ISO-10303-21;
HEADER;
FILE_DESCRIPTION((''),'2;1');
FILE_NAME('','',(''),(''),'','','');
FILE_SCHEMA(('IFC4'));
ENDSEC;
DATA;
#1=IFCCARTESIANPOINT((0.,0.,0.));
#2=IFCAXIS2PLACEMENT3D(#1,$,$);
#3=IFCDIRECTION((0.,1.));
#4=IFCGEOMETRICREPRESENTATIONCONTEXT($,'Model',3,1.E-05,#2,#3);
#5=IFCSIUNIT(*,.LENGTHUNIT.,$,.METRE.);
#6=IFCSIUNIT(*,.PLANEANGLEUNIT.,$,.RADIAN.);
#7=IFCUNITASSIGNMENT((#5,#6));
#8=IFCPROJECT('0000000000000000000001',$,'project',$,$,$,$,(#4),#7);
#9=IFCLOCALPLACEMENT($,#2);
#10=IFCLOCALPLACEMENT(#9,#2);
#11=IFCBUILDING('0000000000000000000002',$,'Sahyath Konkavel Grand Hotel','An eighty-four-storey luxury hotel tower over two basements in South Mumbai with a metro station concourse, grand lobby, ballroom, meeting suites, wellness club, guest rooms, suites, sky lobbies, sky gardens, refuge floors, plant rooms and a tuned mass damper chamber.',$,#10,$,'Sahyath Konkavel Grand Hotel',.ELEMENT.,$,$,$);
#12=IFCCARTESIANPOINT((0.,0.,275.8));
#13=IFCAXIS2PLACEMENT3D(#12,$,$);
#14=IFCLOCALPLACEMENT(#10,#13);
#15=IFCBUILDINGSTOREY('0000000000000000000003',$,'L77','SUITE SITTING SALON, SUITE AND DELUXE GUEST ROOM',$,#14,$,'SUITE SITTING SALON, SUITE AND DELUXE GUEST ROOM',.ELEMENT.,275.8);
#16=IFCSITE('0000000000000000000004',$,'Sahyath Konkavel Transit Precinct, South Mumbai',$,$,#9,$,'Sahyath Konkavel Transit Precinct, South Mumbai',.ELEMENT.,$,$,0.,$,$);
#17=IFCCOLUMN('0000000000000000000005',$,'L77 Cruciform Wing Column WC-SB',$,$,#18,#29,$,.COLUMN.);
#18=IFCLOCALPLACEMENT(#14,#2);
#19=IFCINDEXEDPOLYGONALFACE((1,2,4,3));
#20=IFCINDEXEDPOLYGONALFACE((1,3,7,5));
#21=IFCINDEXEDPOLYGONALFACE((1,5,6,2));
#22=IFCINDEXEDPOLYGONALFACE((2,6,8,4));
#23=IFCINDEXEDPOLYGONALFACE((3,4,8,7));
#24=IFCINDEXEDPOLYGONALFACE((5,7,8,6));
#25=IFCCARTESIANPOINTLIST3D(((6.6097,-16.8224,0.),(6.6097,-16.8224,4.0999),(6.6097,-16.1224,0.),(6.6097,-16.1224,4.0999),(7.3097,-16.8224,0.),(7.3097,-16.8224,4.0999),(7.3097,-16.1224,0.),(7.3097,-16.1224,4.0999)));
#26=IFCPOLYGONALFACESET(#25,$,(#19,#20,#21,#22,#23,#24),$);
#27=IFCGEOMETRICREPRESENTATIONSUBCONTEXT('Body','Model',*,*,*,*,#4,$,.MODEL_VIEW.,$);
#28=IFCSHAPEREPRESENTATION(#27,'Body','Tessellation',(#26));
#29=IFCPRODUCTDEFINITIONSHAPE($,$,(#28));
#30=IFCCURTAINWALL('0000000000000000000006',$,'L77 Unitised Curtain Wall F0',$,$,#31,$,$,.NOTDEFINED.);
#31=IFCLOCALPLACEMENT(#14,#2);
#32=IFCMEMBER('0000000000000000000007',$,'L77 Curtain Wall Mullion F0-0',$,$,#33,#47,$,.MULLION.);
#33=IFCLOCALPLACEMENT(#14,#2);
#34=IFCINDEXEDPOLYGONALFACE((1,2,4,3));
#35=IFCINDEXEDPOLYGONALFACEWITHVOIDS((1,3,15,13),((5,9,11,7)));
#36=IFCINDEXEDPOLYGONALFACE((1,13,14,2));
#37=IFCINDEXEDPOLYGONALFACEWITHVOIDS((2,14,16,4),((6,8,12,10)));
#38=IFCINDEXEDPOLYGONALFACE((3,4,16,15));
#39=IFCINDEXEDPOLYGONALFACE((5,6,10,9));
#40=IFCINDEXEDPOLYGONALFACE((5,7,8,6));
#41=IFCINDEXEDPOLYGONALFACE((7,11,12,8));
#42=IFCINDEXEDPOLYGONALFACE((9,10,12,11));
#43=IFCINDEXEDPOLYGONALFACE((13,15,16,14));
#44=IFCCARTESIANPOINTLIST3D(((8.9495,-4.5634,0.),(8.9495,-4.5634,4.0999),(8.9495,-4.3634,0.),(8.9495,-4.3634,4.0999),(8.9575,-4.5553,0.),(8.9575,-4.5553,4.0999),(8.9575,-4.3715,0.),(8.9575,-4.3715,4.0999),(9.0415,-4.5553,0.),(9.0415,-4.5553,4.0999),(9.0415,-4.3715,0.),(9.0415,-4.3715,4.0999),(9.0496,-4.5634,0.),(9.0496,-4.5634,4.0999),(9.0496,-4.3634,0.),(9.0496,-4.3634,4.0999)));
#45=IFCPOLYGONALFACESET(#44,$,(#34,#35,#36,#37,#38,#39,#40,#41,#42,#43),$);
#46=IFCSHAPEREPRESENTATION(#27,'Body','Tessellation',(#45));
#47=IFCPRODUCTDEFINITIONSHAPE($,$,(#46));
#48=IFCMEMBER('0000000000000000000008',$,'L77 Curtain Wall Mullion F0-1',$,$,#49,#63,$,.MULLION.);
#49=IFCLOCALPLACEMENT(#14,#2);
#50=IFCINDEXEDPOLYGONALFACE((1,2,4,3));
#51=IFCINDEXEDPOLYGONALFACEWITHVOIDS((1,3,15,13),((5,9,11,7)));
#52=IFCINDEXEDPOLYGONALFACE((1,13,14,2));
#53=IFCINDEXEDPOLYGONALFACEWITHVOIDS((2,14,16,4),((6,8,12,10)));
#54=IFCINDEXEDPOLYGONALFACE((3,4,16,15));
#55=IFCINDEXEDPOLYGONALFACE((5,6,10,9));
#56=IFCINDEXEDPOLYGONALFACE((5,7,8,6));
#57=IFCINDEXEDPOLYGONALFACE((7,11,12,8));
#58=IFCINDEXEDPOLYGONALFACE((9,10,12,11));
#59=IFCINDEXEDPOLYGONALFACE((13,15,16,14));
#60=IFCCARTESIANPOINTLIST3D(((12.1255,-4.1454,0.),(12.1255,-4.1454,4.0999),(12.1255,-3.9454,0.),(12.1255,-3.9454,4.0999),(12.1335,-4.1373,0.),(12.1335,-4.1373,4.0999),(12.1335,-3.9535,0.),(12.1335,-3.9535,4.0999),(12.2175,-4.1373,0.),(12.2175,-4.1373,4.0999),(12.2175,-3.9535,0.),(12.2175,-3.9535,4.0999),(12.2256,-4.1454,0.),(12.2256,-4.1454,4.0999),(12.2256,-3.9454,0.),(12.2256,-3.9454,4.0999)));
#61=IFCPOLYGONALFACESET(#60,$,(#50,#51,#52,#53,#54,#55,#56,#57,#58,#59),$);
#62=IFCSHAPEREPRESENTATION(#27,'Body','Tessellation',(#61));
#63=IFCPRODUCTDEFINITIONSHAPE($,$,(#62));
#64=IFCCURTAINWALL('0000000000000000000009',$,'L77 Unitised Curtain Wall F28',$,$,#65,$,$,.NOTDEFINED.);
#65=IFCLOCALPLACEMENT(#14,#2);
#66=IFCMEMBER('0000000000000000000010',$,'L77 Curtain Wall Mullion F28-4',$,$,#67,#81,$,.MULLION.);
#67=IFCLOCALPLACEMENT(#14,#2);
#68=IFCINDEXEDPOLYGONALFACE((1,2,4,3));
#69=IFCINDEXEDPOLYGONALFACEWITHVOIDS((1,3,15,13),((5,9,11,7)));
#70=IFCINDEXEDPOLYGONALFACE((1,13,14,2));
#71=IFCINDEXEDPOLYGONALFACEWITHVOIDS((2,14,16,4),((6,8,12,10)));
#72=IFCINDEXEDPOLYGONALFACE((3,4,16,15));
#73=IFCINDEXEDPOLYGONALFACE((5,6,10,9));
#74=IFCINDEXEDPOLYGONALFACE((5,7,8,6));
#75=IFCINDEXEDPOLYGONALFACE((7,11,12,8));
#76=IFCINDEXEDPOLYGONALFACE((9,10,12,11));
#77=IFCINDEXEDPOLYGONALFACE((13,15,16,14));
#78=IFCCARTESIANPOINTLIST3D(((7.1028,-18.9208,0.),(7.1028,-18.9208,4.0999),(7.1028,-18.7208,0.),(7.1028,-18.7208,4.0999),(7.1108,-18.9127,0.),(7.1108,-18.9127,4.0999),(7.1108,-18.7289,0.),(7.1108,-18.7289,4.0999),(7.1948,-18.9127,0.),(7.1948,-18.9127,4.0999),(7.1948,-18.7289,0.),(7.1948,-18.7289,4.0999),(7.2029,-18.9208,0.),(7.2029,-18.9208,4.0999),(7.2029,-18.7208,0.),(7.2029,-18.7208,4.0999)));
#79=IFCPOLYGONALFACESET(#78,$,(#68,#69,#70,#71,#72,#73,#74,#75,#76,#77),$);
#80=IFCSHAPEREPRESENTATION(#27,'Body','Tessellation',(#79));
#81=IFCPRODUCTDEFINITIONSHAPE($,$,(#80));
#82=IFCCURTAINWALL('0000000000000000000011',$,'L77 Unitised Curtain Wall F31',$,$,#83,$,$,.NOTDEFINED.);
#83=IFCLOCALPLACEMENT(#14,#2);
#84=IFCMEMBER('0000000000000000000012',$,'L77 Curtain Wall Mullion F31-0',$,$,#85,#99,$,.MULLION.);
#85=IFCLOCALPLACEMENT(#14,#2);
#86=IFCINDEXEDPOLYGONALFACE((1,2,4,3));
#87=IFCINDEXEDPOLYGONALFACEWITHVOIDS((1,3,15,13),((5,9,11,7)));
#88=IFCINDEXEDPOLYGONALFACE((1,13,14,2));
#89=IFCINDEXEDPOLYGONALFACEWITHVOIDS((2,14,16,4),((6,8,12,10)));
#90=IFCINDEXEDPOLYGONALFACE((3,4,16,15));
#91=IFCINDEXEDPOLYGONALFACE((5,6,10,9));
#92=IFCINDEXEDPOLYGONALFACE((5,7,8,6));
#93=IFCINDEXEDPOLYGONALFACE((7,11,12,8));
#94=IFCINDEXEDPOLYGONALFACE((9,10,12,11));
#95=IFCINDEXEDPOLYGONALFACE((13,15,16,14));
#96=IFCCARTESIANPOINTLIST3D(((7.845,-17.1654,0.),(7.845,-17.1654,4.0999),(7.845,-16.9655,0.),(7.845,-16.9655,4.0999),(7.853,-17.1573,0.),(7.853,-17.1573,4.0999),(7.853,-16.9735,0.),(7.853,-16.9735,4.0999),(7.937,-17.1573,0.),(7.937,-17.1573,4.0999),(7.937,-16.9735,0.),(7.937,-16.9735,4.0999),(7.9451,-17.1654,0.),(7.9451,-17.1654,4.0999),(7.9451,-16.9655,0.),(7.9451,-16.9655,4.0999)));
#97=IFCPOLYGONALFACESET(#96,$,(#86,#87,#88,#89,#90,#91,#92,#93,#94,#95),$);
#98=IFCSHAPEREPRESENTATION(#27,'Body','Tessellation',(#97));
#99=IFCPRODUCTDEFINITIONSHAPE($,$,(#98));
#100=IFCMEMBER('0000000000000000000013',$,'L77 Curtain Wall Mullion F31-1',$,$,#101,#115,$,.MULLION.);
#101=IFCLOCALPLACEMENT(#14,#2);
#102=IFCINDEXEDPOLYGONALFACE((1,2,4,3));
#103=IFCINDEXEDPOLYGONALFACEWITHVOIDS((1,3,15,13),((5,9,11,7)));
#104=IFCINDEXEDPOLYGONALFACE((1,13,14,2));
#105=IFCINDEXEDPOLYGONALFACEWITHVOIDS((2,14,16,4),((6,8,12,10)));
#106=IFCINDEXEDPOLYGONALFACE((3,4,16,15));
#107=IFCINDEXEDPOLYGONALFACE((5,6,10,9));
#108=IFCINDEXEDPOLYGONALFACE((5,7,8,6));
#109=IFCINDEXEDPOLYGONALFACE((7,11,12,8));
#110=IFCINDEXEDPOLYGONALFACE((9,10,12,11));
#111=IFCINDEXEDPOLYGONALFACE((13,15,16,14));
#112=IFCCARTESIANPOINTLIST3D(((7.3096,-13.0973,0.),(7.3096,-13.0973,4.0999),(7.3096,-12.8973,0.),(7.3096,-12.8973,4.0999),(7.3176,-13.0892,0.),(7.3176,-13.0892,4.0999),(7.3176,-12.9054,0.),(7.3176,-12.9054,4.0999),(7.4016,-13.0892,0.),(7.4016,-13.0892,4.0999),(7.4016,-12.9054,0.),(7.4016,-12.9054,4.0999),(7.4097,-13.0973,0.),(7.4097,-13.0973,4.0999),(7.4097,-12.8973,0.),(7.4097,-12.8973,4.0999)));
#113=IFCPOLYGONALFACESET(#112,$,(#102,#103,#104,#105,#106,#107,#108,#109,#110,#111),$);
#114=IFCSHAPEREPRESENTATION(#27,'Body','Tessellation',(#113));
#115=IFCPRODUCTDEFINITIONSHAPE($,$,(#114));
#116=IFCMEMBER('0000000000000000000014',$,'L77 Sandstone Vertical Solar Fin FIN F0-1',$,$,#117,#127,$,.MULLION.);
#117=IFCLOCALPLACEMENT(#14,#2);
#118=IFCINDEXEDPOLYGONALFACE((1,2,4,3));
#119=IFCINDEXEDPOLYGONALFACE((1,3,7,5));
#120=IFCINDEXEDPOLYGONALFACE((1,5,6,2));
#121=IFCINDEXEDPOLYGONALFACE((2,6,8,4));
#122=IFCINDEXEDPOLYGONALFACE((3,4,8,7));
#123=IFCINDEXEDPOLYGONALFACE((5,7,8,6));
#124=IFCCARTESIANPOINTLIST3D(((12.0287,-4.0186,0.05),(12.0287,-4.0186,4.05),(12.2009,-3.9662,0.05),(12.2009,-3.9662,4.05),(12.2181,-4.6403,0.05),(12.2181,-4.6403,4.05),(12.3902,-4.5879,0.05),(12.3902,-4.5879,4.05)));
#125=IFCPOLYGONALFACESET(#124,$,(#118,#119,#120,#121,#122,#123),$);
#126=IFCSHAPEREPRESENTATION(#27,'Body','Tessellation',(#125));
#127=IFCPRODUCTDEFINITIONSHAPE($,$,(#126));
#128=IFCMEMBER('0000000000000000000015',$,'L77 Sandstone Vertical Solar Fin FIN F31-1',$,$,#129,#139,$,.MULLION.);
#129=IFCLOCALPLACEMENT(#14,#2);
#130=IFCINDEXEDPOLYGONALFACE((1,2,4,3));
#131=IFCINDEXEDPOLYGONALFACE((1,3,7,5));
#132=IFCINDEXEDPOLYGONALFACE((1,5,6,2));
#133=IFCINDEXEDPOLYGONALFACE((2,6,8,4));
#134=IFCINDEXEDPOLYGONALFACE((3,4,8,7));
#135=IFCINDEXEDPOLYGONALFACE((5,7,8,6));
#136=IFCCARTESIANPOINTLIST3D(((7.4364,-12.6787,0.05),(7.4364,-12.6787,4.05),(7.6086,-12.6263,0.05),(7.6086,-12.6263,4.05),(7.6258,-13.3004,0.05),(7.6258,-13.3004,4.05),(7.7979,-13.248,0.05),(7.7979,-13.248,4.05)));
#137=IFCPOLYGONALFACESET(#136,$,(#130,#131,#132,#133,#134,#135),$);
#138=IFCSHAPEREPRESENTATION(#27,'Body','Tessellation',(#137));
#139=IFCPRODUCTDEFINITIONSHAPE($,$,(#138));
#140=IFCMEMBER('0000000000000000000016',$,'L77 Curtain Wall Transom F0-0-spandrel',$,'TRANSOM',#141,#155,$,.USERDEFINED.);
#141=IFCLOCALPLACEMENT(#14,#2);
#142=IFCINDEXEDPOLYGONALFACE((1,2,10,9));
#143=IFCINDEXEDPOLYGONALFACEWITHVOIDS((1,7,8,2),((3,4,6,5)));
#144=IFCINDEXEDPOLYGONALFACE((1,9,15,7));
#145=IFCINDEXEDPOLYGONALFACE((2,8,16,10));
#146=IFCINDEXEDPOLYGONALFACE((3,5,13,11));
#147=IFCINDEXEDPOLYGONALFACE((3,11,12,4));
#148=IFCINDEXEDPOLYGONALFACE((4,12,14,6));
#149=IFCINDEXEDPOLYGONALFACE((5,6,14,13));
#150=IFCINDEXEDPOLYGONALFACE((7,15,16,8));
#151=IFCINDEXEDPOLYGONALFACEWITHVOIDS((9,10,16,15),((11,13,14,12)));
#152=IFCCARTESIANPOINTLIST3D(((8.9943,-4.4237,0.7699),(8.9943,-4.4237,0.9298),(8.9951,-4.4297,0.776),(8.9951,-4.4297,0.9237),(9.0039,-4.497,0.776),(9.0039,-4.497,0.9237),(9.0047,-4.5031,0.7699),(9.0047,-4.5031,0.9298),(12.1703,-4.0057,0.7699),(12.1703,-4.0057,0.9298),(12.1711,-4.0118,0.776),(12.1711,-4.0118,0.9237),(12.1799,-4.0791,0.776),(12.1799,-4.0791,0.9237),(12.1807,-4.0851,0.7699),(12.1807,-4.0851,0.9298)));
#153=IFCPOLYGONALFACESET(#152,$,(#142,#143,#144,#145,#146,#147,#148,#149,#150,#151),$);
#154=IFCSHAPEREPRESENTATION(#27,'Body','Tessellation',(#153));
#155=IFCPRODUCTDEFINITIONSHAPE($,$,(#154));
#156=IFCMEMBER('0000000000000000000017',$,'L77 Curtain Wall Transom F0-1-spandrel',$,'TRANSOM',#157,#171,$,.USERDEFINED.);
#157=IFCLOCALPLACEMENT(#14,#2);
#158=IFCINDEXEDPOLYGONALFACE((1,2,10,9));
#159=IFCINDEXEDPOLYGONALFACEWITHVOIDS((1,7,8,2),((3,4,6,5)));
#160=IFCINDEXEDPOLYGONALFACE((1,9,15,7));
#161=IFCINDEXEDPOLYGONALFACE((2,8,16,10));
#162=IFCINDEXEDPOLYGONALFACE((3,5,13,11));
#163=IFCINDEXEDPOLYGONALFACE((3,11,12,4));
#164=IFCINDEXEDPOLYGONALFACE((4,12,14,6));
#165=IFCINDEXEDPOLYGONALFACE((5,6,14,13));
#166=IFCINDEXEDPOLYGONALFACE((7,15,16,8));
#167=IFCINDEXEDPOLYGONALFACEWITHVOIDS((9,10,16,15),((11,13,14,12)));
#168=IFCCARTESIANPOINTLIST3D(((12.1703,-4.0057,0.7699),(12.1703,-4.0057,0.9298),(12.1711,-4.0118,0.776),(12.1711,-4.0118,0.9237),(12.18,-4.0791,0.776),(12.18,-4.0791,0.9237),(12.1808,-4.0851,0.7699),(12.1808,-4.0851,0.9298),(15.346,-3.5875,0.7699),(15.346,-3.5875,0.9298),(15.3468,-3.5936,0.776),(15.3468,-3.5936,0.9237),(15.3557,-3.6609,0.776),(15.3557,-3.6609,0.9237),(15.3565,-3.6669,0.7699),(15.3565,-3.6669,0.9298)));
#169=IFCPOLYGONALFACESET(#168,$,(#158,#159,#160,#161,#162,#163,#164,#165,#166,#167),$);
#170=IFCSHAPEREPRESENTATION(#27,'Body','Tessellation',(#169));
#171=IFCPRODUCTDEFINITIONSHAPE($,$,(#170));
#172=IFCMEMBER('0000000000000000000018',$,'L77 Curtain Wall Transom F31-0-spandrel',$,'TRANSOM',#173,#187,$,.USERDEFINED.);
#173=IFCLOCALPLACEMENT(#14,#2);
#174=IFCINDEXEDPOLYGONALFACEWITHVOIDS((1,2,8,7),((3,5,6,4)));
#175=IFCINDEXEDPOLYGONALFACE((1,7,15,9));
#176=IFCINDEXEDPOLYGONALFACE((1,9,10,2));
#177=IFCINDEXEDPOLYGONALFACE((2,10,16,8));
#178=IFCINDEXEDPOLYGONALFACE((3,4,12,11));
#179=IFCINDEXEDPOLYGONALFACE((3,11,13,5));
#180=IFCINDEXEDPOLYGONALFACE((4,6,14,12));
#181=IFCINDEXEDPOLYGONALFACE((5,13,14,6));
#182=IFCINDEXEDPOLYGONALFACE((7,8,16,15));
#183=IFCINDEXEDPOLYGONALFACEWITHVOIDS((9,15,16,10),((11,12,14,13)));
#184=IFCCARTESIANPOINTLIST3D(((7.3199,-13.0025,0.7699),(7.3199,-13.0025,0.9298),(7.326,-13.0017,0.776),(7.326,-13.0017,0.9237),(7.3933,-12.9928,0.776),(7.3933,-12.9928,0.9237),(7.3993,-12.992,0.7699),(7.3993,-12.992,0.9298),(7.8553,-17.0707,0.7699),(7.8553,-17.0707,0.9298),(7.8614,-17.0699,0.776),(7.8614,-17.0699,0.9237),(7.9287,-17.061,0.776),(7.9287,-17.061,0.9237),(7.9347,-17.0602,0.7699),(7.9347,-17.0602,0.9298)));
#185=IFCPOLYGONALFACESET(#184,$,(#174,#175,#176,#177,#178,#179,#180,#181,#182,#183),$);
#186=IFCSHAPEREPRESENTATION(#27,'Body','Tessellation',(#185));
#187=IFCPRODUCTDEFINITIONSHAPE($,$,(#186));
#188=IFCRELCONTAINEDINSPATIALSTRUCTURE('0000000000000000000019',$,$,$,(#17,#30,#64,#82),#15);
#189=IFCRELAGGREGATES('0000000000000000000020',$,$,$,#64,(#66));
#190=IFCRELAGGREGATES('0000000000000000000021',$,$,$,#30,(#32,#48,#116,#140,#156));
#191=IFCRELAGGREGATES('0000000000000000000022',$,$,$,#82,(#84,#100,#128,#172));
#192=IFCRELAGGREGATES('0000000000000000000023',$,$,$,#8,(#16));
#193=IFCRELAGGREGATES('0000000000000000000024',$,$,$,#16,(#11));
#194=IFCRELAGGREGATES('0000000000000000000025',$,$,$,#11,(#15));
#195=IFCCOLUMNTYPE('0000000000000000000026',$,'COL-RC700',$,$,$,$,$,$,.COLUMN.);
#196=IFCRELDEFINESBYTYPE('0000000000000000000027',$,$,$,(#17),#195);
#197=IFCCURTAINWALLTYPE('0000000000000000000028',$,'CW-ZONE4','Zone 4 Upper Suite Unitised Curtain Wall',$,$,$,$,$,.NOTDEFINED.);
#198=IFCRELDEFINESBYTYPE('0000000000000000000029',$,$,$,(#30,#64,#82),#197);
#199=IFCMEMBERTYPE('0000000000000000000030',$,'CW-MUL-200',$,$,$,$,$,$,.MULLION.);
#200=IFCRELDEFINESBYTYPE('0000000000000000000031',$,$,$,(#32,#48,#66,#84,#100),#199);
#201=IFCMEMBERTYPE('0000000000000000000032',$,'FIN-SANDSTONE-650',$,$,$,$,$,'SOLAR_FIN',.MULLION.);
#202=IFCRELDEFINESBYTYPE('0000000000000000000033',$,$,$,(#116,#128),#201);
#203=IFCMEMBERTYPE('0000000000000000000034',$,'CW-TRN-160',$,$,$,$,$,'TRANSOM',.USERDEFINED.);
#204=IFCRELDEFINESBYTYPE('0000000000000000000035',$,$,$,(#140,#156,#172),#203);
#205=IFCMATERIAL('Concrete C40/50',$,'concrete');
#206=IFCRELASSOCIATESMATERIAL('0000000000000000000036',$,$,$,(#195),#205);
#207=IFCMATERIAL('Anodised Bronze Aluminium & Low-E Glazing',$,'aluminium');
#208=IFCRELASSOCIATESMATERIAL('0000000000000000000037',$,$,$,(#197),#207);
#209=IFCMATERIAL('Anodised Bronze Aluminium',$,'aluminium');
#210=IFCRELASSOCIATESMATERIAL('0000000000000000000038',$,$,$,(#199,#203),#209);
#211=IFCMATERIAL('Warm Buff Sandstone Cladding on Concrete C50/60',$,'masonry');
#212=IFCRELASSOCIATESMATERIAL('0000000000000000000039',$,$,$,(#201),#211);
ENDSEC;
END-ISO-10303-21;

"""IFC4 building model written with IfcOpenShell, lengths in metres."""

from ifc_helpers import new_model, si_unit, direction, frame, origin, origin_2d, place, context, subcontext, project, spatial, rectangle, hollow_rectangle, extrude, source, transform, mapped, material, material_profile, profile_set, type_object, element, aggregate, save


model = new_model("IFC4")

# Units and contexts
model_context = context("Model", 3, precision=1e-05, world=origin(), true_north=direction((0.0, 1.0)))
body_context = subcontext(model_context, "Body", "Model", "MODEL_VIEW")
ifc_project = project(units=[si_unit("LENGTHUNIT", "METRE"), si_unit("PLANEANGLEUNIT", "RADIAN")], contexts=[model_context])

# Site, building, storey
site_placement = place(None, origin())
site = spatial("IfcSite", under=ifc_project, at=site_placement, Name="Sahyath Konkavel Transit Precinct, South Mumbai", LongName="Sahyath Konkavel Transit Precinct, South Mumbai", CompositionType="ELEMENT", RefElevation=0.0)
building_placement = place(site_placement, origin())
building = spatial("IfcBuilding", under=site, at=building_placement, Name="Sahyath Konkavel Grand Hotel", Description="An eighty-four-storey luxury hotel tower over two basements in South Mumbai with a metro station concourse, grand lobby, ballroom, meeting suites, wellness club, guest rooms, suites, sky lobbies, sky gardens, refuge floors, plant rooms and a tuned mass damper chamber.", LongName="Sahyath Konkavel Grand Hotel", CompositionType="ELEMENT")
storey_placement = place(building_placement, frame((0.0, 0.0, 275.8)))
storey = spatial("IfcBuildingStorey", under=building, at=storey_placement, Name="L77", Description="SUITE SITTING SALON, SUITE AND DELUXE GUEST ROOM", LongName="SUITE SITTING SALON, SUITE AND DELUXE GUEST ROOM", CompositionType="ELEMENT", Elevation=275.8)

# Column
ifc_material_1 = material(Name="Concrete C40/50", Category="concrete")
ifc_material_profile_1 = material_profile(ifc_material_1, rectangle(XDim=0.7, YDim=0.7, at=origin_2d()), Name="RC 700x700")
ifc_profile_set_1 = profile_set([ifc_material_profile_1], Name="Concrete C40/50")
column_type = type_object("IfcColumnType", Name="COL-RC700", PredefinedType="COLUMN", material=ifc_profile_set_1)
shared_shape_1 = source(origin(), body_context, "Body", "SweptSolid", [
    extrude(rectangle(XDim=0.7, YDim=0.7, at=origin_2d()), origin(), (0.0, 0.0, 1.0), 4.0999),
])
column_placement = place(storey_placement, frame((6.9597, -16.4724, 0.0), z_axis=(0.0, 0.0, 1.0), x_axis=(1.0, 0.0, 0.0)))
element("IfcColumn", 1, at=column_placement, inside=storey, type_object=column_type, Name="L77 Cruciform Wing Column WC-SB", PredefinedType="COLUMN", context=body_context, shape_type="MappedRepresentation", body=[
    mapped(shared_shape_1, transform((0.0, 0.0, 0.0), scale=1.0)),
])

# Curtain wall, members
ifc_material_2 = material(Name="Anodised Bronze Aluminium & Low-E Glazing", Category="aluminium")
curtain_wall_type = type_object("IfcCurtainWallType", Name="CW-ZONE4", Description="Zone 4 Upper Suite Unitised Curtain Wall", PredefinedType="NOTDEFINED", material=ifc_material_2)
curtain_wall_1_placement = place(storey_placement, origin())
curtain_wall_1 = element("IfcCurtainWall", 2, at=curtain_wall_1_placement, inside=storey, type_object=curtain_wall_type, Name="L77 Unitised Curtain Wall F0", PredefinedType="NOTDEFINED")
ifc_material_3 = material(Name="Anodised Bronze Aluminium", Category="aluminium")
ifc_material_profile_2 = material_profile(ifc_material_3, hollow_rectangle(XDim=0.1001, YDim=0.2, WallThickness=0.0081, at=origin_2d()), Name="RHS 200x100x8")
ifc_profile_set_2 = profile_set([ifc_material_profile_2], Name="Anodised Bronze Aluminium")
member_type_1 = type_object("IfcMemberType", Name="CW-MUL-200", PredefinedType="MULLION", material=ifc_profile_set_2)
shared_shape_2 = source(origin(), body_context, "Body", "SweptSolid", [
    extrude(hollow_rectangle(XDim=0.1001, YDim=0.2, WallThickness=0.0081, at=origin_2d()), origin(), (0.0, 0.0, 1.0), 4.0999),
])
member_1_placement = place(storey_placement, frame((8.9995, -4.4634, 0.0), z_axis=(0.0, 0.0, 1.0), x_axis=(1.0, 0.0, 0.0)))
member_1 = element("IfcMember", 3, at=member_1_placement, type_object=member_type_1, Name="L77 Curtain Wall Mullion F0-0", PredefinedType="MULLION", context=body_context, shape_type="MappedRepresentation", body=[
    mapped(shared_shape_2, transform((0.0, 0.0, 0.0), scale=1.0)),
])
member_2_placement = place(storey_placement, frame((12.1755, -4.0454, 0.0), z_axis=(0.0, 0.0, 1.0), x_axis=(1.0, 0.0, 0.0)))
member_2 = element("IfcMember", 4, at=member_2_placement, type_object=member_type_1, Name="L77 Curtain Wall Mullion F0-1", PredefinedType="MULLION", context=body_context, shape_type="MappedRepresentation", body=[
    mapped(shared_shape_2, transform((0.0, 0.0, 0.0), scale=1.0)),
])

# Curtain wall, member
curtain_wall_2_placement = place(storey_placement, origin())
curtain_wall_2 = element("IfcCurtainWall", 5, at=curtain_wall_2_placement, inside=storey, type_object=curtain_wall_type, Name="L77 Unitised Curtain Wall F28", PredefinedType="NOTDEFINED")
member_3_placement = place(storey_placement, frame((7.1528, -18.8208, 0.0), z_axis=(0.0, 0.0, 1.0), x_axis=(1.0, 0.0, 0.0)))
member_3 = element("IfcMember", 6, at=member_3_placement, type_object=member_type_1, Name="L77 Curtain Wall Mullion F28-4", PredefinedType="MULLION", context=body_context, shape_type="MappedRepresentation", body=[
    mapped(shared_shape_2, transform((0.0, 0.0, 0.0), scale=1.0)),
])
aggregate(curtain_wall_2, [member_3])

# Curtain wall, members
curtain_wall_3_placement = place(storey_placement, origin())
curtain_wall_3 = element("IfcCurtainWall", 7, at=curtain_wall_3_placement, inside=storey, type_object=curtain_wall_type, Name="L77 Unitised Curtain Wall F31", PredefinedType="NOTDEFINED")
member_4_placement = place(storey_placement, frame((7.895, -17.0654, 0.0), z_axis=(0.0, 0.0, 1.0), x_axis=(1.0, 0.0, 0.0)))
member_4 = element("IfcMember", 8, at=member_4_placement, type_object=member_type_1, Name="L77 Curtain Wall Mullion F31-0", PredefinedType="MULLION", context=body_context, shape_type="MappedRepresentation", body=[
    mapped(shared_shape_2, transform((0.0, 0.0, 0.0), scale=1.0)),
])
member_5_placement = place(storey_placement, frame((7.3596, -12.9973, 0.0), z_axis=(0.0, 0.0, 1.0), x_axis=(1.0, 0.0, 0.0)))
member_5 = element("IfcMember", 9, at=member_5_placement, type_object=member_type_1, Name="L77 Curtain Wall Mullion F31-1", PredefinedType="MULLION", context=body_context, shape_type="MappedRepresentation", body=[
    mapped(shared_shape_2, transform((0.0, 0.0, 0.0), scale=1.0)),
])

# Members
ifc_material_4 = material(Name="Warm Buff Sandstone Cladding on Concrete C50/60", Category="masonry")
ifc_material_profile_3 = material_profile(ifc_material_4, rectangle(XDim=0.1799, YDim=0.6499, at=origin_2d()), Name="FIN 180x650")
ifc_profile_set_3 = profile_set([ifc_material_profile_3], Name="Warm Buff Sandstone Cladding on Concrete C50/60")
member_type_2 = type_object("IfcMemberType", Name="FIN-SANDSTONE-650", ElementType="SOLAR_FIN", PredefinedType="MULLION", material=ifc_profile_set_3)
shared_shape_3 = source(origin(), body_context, "Body", "SweptSolid", [
    extrude(rectangle(XDim=0.1799, YDim=0.6499, at=origin_2d()), origin(), (0.0, 0.0, 1.0), 4.0),
])
member_6_placement = place(storey_placement, frame((12.2095, -4.3032, 0.05), z_axis=(0.0, 0.0, 1.0), x_axis=(0.95661, 0.29137, 0.0)))
member_6 = element("IfcMember", 10, at=member_6_placement, type_object=member_type_2, Name="L77 Sandstone Vertical Solar Fin FIN F0-1", PredefinedType="MULLION", context=body_context, shape_type="MappedRepresentation", body=[
    mapped(shared_shape_3, transform((0.0, 0.0, 0.0), scale=1.0)),
])
member_7_placement = place(storey_placement, frame((7.6172, -12.9634, 0.05), z_axis=(0.0, 0.0, 1.0), x_axis=(0.95661, 0.29137, 0.0)))
member_7 = element("IfcMember", 11, at=member_7_placement, type_object=member_type_2, Name="L77 Sandstone Vertical Solar Fin FIN F31-1", PredefinedType="MULLION", context=body_context, shape_type="MappedRepresentation", body=[
    mapped(shared_shape_3, transform((0.0, 0.0, 0.0), scale=1.0)),
])
ifc_material_profile_4 = material_profile(ifc_material_3, hollow_rectangle(XDim=0.0801, YDim=0.1599, WallThickness=0.0061, at=origin_2d()), Name="RHS 160x80x6")
ifc_profile_set_4 = profile_set([ifc_material_profile_4], Name="Anodised Bronze Aluminium")
member_type_3 = type_object("IfcMemberType", Name="CW-TRN-160", ElementType="TRANSOM", PredefinedType="USERDEFINED", material=ifc_profile_set_4)
shared_shape_4 = source(origin(), body_context, "Body", "SweptSolid", [
    extrude(hollow_rectangle(XDim=0.0801, YDim=0.1599, WallThickness=0.0061, at=origin_2d()), origin(), (0.0, 0.0, 1.0), 3.2034),
])
member_8_placement = place(storey_placement, frame((8.9995, -4.4634, 0.8499), z_axis=(0.991451, 0.130476, 0.0), x_axis=(-0.130476, 0.991451, 0.0)))
member_8 = element("IfcMember", 12, at=member_8_placement, type_object=member_type_3, Name="L77 Curtain Wall Transom F0-0-spandrel", ObjectType="TRANSOM", PredefinedType="USERDEFINED", context=body_context, shape_type="MappedRepresentation", body=[
    mapped(shared_shape_4, transform((0.0, 0.0, 0.0), scale=1.0)),
])
shared_shape_5 = source(origin(), body_context, "Body", "SweptSolid", [
    extrude(hollow_rectangle(XDim=0.0801, YDim=0.1599, WallThickness=0.0061, at=origin_2d()), origin(), (0.0, 0.0, 1.0), 3.2031),
])
member_9_placement = place(storey_placement, frame((12.1755, -4.0454, 0.8499), z_axis=(0.99144, 0.130561, 0.0), x_axis=(-0.130561, 0.99144, 0.0)))
member_9 = element("IfcMember", 13, at=member_9_placement, type_object=member_type_3, Name="L77 Curtain Wall Transom F0-1-spandrel", ObjectType="TRANSOM", PredefinedType="USERDEFINED", context=body_context, shape_type="MappedRepresentation", body=[
    mapped(shared_shape_5, transform((0.0, 0.0, 0.0), scale=1.0)),
])
shared_shape_6 = source(origin(), body_context, "Body", "SweptSolid", [
    extrude(hollow_rectangle(XDim=0.0801, YDim=0.1599, WallThickness=0.0061, at=origin_2d()), origin(), (0.0, 0.0, 1.0), 4.1033),
])
member_10_placement = place(storey_placement, frame((7.895, -17.0654, 0.8499), z_axis=(-0.130484, 0.99145, 0.0), x_axis=(-0.99145, -0.130484, 0.0)))
member_10 = element("IfcMember", 14, at=member_10_placement, type_object=member_type_3, Name="L77 Curtain Wall Transom F31-0-spandrel", ObjectType="TRANSOM", PredefinedType="USERDEFINED", context=body_context, shape_type="MappedRepresentation", body=[
    mapped(shared_shape_6, transform((0.0, 0.0, 0.0), scale=1.0)),
])

aggregate(curtain_wall_1, [member_1, member_2, member_6, member_8, member_9])
aggregate(curtain_wall_3, [member_4, member_5, member_7, member_10])

save(model, "model.ifc")
